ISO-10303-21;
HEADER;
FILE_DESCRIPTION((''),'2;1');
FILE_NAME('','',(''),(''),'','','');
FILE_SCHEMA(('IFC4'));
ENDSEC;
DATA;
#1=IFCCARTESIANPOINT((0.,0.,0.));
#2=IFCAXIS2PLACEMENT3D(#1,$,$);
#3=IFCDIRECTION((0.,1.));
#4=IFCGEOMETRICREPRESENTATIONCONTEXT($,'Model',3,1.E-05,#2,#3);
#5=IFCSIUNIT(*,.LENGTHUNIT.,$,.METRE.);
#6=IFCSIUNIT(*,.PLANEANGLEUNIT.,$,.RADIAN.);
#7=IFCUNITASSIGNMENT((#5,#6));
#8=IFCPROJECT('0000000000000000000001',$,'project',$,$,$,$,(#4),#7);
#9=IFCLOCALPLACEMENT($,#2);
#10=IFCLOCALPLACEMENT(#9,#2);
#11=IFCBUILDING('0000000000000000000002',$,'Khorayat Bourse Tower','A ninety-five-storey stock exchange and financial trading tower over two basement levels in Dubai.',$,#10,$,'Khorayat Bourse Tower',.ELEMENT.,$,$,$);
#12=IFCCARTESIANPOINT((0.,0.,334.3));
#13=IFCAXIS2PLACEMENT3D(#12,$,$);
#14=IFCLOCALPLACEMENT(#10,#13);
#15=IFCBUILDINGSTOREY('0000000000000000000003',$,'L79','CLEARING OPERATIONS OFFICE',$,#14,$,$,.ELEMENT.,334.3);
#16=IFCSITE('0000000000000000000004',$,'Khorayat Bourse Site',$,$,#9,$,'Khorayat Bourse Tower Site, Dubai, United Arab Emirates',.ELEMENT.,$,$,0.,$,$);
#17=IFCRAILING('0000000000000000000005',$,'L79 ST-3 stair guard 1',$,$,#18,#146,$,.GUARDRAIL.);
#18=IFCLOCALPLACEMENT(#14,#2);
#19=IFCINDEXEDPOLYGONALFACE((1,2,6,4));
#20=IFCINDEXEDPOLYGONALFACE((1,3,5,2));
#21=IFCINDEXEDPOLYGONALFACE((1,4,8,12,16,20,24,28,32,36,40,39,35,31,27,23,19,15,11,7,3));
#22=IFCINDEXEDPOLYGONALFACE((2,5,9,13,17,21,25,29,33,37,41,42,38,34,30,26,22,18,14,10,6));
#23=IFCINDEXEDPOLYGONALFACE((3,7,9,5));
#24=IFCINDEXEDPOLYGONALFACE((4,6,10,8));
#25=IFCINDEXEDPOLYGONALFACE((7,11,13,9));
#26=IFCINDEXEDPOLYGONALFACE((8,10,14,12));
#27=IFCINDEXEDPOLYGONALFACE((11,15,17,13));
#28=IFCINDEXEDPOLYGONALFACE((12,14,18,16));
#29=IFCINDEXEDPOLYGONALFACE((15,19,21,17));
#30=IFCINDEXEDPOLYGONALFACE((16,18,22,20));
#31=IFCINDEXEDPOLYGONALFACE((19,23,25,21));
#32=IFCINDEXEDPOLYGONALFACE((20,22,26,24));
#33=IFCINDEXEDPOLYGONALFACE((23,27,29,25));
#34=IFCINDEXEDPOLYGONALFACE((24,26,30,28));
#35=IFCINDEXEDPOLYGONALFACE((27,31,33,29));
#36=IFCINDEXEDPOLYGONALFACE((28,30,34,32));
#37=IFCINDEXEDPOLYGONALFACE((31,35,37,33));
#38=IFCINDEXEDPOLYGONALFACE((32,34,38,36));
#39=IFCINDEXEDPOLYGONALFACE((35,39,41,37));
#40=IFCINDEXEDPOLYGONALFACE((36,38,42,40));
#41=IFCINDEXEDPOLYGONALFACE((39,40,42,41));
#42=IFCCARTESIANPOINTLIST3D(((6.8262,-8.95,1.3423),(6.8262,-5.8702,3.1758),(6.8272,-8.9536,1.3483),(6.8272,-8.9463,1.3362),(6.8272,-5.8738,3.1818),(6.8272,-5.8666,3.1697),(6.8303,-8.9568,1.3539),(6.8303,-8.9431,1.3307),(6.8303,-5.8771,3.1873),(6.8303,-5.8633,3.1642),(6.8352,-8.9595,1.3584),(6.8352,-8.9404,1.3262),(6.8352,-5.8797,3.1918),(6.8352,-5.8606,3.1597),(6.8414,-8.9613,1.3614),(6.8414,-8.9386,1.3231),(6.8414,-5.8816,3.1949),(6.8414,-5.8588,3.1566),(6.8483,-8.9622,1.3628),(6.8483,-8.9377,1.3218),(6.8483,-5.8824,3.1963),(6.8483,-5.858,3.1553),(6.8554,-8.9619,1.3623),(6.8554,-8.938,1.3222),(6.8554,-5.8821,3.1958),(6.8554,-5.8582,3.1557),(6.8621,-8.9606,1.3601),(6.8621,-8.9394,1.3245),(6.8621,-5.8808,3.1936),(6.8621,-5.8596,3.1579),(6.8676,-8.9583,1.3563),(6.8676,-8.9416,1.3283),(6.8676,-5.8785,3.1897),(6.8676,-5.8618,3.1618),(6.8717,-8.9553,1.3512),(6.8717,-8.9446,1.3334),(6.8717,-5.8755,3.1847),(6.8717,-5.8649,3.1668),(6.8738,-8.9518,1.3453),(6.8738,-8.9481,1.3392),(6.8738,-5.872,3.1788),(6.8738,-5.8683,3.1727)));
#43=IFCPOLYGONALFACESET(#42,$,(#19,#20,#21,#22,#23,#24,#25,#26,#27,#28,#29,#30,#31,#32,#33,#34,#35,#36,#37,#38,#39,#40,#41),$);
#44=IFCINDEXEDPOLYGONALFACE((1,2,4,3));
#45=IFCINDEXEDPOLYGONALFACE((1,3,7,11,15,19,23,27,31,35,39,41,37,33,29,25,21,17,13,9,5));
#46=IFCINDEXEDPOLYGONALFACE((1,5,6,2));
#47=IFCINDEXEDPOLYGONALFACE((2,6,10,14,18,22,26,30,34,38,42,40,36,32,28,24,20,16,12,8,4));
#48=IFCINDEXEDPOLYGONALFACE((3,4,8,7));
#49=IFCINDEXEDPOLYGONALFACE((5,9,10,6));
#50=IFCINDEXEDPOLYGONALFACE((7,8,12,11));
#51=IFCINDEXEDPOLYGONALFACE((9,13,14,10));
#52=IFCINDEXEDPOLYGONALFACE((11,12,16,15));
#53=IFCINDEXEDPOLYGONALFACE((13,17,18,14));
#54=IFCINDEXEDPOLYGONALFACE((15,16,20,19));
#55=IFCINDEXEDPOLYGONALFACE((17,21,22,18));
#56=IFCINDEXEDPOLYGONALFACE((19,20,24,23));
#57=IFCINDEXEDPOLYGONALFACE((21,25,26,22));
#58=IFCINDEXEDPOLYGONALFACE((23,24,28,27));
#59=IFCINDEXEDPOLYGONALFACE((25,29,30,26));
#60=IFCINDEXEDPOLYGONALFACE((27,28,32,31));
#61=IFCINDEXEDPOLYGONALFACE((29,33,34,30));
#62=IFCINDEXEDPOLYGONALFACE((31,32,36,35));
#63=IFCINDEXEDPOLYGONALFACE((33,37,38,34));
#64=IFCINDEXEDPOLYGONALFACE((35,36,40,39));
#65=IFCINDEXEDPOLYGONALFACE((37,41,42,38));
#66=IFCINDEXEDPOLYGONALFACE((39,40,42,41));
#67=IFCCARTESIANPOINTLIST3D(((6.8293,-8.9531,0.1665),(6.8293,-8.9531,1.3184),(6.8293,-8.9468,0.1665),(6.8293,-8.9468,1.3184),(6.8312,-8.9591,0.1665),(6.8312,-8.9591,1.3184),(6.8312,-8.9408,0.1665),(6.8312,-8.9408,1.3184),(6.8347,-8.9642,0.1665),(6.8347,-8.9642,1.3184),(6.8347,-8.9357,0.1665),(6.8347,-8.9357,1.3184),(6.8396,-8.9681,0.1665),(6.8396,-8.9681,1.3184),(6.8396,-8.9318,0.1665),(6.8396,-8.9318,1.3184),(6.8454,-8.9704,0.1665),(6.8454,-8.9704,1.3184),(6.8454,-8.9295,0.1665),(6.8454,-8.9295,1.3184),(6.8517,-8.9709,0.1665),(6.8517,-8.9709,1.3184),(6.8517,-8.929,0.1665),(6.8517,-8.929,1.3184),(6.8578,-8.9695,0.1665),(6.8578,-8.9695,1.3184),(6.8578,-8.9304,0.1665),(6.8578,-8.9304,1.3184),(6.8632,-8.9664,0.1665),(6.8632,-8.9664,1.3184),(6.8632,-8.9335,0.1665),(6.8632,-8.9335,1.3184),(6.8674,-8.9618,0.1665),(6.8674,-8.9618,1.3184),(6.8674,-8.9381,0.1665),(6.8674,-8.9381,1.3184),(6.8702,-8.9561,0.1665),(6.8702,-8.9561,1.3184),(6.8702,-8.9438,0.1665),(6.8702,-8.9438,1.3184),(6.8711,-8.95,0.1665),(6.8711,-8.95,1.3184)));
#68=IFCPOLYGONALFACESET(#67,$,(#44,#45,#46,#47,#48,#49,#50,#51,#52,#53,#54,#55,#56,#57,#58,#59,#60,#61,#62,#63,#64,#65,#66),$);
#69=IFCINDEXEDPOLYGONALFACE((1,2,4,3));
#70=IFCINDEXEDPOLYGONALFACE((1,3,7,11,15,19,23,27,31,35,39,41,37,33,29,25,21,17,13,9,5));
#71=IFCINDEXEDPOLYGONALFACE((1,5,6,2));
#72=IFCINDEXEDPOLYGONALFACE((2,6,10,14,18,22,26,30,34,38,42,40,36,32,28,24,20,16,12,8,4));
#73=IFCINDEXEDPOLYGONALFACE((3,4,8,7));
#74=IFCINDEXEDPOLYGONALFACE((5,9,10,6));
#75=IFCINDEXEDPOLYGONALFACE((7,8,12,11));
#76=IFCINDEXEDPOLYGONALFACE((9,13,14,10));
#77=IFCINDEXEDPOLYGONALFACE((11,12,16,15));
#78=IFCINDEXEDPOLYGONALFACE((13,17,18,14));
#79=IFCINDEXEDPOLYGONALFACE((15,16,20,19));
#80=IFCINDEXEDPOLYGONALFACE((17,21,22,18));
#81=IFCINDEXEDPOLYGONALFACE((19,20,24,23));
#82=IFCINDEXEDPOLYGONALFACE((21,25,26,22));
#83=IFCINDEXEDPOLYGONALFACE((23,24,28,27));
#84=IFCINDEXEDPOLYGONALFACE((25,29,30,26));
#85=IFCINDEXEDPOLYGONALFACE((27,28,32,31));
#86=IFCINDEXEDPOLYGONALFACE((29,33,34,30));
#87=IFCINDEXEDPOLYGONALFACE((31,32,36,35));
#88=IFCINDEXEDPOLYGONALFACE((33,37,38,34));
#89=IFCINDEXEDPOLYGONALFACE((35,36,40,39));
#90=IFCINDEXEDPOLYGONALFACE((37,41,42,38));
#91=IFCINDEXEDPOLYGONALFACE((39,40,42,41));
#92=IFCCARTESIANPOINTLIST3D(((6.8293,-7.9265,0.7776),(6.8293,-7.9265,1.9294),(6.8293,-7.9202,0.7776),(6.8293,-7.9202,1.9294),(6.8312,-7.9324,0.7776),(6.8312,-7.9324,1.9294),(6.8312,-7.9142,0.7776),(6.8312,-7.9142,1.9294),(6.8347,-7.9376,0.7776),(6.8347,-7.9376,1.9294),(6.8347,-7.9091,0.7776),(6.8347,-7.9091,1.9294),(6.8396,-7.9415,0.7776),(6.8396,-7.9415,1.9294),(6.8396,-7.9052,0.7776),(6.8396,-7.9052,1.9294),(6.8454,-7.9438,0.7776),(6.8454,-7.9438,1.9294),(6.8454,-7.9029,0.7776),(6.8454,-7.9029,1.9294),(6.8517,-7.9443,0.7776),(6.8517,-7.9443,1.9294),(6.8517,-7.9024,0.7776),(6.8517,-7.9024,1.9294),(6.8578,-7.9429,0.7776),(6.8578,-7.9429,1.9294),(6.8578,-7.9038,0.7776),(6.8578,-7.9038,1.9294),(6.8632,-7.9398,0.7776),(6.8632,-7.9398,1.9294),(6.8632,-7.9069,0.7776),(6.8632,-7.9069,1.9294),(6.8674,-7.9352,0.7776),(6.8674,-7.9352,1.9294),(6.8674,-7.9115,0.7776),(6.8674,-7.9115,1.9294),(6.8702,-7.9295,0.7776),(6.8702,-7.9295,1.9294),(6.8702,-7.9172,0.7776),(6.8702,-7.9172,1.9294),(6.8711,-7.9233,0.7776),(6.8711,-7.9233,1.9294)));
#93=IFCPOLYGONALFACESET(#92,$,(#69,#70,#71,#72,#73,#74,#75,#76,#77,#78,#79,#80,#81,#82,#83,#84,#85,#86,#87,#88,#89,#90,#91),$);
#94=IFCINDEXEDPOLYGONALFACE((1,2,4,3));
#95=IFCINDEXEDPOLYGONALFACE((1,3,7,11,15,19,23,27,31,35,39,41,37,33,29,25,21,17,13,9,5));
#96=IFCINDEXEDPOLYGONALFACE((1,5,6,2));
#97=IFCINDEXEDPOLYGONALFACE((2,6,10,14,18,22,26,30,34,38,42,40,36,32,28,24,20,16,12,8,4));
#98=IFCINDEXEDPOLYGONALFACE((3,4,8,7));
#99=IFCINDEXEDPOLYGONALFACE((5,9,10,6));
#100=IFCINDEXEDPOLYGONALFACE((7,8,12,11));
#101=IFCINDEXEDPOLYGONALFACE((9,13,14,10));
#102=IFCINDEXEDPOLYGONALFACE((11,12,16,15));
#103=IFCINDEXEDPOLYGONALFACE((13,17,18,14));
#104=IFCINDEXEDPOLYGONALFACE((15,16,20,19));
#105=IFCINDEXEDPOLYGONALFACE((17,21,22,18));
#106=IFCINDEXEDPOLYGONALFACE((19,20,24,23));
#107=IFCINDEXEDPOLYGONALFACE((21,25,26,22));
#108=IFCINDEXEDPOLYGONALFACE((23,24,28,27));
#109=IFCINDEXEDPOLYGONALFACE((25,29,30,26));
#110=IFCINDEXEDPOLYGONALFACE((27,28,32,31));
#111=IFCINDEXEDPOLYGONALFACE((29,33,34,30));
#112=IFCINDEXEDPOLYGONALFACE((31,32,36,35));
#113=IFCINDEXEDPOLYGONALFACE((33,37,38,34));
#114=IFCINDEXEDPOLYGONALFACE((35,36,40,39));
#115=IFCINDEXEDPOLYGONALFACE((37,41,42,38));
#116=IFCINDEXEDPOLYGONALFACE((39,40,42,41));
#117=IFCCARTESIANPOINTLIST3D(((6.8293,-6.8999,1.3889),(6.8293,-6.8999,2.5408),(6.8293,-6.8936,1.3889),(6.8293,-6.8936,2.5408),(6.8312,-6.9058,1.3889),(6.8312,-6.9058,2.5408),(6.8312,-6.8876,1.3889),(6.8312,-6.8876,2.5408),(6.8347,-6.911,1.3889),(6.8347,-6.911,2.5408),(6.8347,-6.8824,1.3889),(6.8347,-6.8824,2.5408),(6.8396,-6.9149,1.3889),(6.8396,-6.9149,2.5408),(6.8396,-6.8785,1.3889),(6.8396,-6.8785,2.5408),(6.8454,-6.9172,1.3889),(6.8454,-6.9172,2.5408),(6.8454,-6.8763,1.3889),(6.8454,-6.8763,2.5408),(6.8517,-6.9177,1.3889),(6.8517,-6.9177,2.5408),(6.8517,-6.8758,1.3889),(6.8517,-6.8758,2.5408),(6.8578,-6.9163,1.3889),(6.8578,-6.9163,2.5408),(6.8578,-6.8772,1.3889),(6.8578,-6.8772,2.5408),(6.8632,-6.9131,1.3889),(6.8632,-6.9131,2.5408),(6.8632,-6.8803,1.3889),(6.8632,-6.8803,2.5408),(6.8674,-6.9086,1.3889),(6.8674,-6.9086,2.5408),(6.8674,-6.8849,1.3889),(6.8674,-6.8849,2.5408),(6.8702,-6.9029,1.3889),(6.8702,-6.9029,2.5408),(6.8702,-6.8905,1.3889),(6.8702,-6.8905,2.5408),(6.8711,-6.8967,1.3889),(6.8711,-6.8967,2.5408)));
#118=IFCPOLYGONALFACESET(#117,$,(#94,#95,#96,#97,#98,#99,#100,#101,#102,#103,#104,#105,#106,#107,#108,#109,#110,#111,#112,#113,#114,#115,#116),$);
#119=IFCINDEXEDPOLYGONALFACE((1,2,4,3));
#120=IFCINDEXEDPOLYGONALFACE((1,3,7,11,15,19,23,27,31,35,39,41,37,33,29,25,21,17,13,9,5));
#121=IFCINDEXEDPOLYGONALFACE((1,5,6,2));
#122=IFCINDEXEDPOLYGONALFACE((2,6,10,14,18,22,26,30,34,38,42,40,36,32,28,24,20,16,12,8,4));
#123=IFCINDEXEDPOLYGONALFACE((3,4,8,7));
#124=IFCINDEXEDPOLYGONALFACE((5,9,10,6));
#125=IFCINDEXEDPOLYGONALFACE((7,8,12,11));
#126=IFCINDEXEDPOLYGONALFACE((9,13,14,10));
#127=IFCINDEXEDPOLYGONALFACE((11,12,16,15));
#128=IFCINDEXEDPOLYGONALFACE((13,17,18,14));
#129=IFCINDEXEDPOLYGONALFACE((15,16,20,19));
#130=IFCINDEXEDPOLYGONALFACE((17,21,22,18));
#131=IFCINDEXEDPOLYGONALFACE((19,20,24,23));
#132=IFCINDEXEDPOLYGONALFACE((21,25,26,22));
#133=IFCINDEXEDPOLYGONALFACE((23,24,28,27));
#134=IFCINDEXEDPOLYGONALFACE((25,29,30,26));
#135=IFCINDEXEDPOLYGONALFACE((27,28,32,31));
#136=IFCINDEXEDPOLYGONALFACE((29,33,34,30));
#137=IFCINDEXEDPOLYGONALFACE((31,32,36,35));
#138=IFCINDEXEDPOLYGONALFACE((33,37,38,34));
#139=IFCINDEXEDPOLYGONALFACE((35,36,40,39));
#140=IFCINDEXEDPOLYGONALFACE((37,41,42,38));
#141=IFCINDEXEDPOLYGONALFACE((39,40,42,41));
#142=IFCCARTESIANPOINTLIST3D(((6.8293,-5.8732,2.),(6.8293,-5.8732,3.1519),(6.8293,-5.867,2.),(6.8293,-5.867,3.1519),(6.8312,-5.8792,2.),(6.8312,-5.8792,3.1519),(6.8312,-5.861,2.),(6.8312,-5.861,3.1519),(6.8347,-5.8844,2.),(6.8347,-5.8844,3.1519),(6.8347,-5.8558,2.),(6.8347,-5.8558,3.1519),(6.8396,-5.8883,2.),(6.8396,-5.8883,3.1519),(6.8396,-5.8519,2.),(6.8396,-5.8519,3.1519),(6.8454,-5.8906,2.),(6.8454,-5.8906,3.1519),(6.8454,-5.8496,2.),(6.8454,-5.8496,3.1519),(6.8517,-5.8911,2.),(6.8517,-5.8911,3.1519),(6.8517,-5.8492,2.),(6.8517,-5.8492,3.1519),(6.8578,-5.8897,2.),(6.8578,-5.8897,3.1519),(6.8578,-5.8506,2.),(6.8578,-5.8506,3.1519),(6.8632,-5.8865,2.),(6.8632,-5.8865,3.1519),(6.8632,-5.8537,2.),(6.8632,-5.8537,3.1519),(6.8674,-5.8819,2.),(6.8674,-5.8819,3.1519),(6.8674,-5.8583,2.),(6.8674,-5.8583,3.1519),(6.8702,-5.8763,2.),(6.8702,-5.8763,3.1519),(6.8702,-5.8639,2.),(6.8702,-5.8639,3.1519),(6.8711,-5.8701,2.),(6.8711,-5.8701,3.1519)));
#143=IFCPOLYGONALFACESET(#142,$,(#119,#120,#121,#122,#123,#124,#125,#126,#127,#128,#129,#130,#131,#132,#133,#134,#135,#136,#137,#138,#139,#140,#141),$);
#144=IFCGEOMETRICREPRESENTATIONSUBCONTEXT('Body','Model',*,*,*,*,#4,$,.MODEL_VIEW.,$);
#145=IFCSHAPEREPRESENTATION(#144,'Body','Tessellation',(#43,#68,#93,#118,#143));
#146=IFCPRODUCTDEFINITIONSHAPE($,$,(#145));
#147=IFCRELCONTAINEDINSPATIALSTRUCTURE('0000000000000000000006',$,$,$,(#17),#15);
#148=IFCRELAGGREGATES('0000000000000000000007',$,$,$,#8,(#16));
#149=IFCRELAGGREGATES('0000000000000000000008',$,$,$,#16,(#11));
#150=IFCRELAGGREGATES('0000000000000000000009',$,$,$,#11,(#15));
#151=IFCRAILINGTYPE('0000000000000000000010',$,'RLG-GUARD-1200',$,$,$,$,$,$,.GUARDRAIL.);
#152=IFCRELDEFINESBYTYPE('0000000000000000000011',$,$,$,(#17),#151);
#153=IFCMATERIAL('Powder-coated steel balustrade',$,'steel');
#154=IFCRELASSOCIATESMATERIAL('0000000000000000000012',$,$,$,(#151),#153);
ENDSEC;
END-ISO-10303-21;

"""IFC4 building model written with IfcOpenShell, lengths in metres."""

from ifc_helpers import new_model, si_unit, direction, frame, origin, origin_2d, place, context, subcontext, project, spatial, circle, extrude, source, transform, mapped, material, type_object, element, save


model = new_model("IFC4")

# Units and contexts
model_context = context("Model", 3, precision=1e-05, world=origin(), true_north=direction((0.0, 1.0)))
body_context = subcontext(model_context, "Body", "Model", "MODEL_VIEW")
ifc_project = project(units=[si_unit("LENGTHUNIT", "METRE"), si_unit("PLANEANGLEUNIT", "RADIAN")], contexts=[model_context])

# Site, building, storey
site_placement = place(None, origin())
site = spatial("IfcSite", under=ifc_project, at=site_placement, Name="Khorayat Bourse Site", LongName="Khorayat Bourse Tower Site, Dubai, United Arab Emirates", CompositionType="ELEMENT", RefElevation=0.0)
building_placement = place(site_placement, origin())
building = spatial("IfcBuilding", under=site, at=building_placement, Name="Khorayat Bourse Tower", Description="A ninety-five-storey stock exchange and financial trading tower over two basement levels in Dubai.", LongName="Khorayat Bourse Tower", CompositionType="ELEMENT")
storey_placement = place(building_placement, frame((0.0, 0.0, 334.3)))
storey = spatial("IfcBuildingStorey", under=building, at=storey_placement, Name="L79", Description="CLEARING OPERATIONS OFFICE", CompositionType="ELEMENT", Elevation=334.3)

# Railing
ifc_material_1 = material(Name="Powder-coated steel balustrade", Category="steel")
railing_type_1 = type_object("IfcRailingType", Name="RLG-GUARD-1200", PredefinedType="GUARDRAIL", material=ifc_material_1)
shared_shape_1 = source(origin(), body_context, "Body", "SweptSolid", [
    extrude(circle(Radius=0.0239, at=origin_2d()), frame((0.0, 0.0, 1.1758), z_axis=(0.0, 0.859261, 0.511538), x_axis=(-1.0, 0.0, 0.0)), (0.0, 0.0, 1.0), 3.5842),
    extrude(circle(Radius=0.021, at=origin_2d()), origin(), (0.0, 0.0, 1.0), 1.1519),
    extrude(circle(Radius=0.021, at=origin_2d()), frame((0.0, 1.0266, 0.6111)), (0.0, 0.0, 1.0), 1.1519),
    extrude(circle(Radius=0.021, at=origin_2d()), frame((0.0, 2.0532, 1.2224)), (0.0, 0.0, 1.0), 1.1519),
    extrude(circle(Radius=0.021, at=origin_2d()), frame((0.0, 3.0798, 1.8335)), (0.0, 0.0, 1.0), 1.1519),
])
railing_1_placement = place(storey_placement, frame((6.8501, -8.95, 0.1665)))
element("IfcRailing", 1, at=railing_1_placement, inside=storey, type_object=railing_type_1, Name="L79 ST-3 stair guard 1", PredefinedType="GUARDRAIL", context=body_context, shape_type="MappedRepresentation", body=[
    mapped(shared_shape_1, transform((0.0, 0.0, 0.0), scale=1.0)),
])

save(model, "model.ifc")
